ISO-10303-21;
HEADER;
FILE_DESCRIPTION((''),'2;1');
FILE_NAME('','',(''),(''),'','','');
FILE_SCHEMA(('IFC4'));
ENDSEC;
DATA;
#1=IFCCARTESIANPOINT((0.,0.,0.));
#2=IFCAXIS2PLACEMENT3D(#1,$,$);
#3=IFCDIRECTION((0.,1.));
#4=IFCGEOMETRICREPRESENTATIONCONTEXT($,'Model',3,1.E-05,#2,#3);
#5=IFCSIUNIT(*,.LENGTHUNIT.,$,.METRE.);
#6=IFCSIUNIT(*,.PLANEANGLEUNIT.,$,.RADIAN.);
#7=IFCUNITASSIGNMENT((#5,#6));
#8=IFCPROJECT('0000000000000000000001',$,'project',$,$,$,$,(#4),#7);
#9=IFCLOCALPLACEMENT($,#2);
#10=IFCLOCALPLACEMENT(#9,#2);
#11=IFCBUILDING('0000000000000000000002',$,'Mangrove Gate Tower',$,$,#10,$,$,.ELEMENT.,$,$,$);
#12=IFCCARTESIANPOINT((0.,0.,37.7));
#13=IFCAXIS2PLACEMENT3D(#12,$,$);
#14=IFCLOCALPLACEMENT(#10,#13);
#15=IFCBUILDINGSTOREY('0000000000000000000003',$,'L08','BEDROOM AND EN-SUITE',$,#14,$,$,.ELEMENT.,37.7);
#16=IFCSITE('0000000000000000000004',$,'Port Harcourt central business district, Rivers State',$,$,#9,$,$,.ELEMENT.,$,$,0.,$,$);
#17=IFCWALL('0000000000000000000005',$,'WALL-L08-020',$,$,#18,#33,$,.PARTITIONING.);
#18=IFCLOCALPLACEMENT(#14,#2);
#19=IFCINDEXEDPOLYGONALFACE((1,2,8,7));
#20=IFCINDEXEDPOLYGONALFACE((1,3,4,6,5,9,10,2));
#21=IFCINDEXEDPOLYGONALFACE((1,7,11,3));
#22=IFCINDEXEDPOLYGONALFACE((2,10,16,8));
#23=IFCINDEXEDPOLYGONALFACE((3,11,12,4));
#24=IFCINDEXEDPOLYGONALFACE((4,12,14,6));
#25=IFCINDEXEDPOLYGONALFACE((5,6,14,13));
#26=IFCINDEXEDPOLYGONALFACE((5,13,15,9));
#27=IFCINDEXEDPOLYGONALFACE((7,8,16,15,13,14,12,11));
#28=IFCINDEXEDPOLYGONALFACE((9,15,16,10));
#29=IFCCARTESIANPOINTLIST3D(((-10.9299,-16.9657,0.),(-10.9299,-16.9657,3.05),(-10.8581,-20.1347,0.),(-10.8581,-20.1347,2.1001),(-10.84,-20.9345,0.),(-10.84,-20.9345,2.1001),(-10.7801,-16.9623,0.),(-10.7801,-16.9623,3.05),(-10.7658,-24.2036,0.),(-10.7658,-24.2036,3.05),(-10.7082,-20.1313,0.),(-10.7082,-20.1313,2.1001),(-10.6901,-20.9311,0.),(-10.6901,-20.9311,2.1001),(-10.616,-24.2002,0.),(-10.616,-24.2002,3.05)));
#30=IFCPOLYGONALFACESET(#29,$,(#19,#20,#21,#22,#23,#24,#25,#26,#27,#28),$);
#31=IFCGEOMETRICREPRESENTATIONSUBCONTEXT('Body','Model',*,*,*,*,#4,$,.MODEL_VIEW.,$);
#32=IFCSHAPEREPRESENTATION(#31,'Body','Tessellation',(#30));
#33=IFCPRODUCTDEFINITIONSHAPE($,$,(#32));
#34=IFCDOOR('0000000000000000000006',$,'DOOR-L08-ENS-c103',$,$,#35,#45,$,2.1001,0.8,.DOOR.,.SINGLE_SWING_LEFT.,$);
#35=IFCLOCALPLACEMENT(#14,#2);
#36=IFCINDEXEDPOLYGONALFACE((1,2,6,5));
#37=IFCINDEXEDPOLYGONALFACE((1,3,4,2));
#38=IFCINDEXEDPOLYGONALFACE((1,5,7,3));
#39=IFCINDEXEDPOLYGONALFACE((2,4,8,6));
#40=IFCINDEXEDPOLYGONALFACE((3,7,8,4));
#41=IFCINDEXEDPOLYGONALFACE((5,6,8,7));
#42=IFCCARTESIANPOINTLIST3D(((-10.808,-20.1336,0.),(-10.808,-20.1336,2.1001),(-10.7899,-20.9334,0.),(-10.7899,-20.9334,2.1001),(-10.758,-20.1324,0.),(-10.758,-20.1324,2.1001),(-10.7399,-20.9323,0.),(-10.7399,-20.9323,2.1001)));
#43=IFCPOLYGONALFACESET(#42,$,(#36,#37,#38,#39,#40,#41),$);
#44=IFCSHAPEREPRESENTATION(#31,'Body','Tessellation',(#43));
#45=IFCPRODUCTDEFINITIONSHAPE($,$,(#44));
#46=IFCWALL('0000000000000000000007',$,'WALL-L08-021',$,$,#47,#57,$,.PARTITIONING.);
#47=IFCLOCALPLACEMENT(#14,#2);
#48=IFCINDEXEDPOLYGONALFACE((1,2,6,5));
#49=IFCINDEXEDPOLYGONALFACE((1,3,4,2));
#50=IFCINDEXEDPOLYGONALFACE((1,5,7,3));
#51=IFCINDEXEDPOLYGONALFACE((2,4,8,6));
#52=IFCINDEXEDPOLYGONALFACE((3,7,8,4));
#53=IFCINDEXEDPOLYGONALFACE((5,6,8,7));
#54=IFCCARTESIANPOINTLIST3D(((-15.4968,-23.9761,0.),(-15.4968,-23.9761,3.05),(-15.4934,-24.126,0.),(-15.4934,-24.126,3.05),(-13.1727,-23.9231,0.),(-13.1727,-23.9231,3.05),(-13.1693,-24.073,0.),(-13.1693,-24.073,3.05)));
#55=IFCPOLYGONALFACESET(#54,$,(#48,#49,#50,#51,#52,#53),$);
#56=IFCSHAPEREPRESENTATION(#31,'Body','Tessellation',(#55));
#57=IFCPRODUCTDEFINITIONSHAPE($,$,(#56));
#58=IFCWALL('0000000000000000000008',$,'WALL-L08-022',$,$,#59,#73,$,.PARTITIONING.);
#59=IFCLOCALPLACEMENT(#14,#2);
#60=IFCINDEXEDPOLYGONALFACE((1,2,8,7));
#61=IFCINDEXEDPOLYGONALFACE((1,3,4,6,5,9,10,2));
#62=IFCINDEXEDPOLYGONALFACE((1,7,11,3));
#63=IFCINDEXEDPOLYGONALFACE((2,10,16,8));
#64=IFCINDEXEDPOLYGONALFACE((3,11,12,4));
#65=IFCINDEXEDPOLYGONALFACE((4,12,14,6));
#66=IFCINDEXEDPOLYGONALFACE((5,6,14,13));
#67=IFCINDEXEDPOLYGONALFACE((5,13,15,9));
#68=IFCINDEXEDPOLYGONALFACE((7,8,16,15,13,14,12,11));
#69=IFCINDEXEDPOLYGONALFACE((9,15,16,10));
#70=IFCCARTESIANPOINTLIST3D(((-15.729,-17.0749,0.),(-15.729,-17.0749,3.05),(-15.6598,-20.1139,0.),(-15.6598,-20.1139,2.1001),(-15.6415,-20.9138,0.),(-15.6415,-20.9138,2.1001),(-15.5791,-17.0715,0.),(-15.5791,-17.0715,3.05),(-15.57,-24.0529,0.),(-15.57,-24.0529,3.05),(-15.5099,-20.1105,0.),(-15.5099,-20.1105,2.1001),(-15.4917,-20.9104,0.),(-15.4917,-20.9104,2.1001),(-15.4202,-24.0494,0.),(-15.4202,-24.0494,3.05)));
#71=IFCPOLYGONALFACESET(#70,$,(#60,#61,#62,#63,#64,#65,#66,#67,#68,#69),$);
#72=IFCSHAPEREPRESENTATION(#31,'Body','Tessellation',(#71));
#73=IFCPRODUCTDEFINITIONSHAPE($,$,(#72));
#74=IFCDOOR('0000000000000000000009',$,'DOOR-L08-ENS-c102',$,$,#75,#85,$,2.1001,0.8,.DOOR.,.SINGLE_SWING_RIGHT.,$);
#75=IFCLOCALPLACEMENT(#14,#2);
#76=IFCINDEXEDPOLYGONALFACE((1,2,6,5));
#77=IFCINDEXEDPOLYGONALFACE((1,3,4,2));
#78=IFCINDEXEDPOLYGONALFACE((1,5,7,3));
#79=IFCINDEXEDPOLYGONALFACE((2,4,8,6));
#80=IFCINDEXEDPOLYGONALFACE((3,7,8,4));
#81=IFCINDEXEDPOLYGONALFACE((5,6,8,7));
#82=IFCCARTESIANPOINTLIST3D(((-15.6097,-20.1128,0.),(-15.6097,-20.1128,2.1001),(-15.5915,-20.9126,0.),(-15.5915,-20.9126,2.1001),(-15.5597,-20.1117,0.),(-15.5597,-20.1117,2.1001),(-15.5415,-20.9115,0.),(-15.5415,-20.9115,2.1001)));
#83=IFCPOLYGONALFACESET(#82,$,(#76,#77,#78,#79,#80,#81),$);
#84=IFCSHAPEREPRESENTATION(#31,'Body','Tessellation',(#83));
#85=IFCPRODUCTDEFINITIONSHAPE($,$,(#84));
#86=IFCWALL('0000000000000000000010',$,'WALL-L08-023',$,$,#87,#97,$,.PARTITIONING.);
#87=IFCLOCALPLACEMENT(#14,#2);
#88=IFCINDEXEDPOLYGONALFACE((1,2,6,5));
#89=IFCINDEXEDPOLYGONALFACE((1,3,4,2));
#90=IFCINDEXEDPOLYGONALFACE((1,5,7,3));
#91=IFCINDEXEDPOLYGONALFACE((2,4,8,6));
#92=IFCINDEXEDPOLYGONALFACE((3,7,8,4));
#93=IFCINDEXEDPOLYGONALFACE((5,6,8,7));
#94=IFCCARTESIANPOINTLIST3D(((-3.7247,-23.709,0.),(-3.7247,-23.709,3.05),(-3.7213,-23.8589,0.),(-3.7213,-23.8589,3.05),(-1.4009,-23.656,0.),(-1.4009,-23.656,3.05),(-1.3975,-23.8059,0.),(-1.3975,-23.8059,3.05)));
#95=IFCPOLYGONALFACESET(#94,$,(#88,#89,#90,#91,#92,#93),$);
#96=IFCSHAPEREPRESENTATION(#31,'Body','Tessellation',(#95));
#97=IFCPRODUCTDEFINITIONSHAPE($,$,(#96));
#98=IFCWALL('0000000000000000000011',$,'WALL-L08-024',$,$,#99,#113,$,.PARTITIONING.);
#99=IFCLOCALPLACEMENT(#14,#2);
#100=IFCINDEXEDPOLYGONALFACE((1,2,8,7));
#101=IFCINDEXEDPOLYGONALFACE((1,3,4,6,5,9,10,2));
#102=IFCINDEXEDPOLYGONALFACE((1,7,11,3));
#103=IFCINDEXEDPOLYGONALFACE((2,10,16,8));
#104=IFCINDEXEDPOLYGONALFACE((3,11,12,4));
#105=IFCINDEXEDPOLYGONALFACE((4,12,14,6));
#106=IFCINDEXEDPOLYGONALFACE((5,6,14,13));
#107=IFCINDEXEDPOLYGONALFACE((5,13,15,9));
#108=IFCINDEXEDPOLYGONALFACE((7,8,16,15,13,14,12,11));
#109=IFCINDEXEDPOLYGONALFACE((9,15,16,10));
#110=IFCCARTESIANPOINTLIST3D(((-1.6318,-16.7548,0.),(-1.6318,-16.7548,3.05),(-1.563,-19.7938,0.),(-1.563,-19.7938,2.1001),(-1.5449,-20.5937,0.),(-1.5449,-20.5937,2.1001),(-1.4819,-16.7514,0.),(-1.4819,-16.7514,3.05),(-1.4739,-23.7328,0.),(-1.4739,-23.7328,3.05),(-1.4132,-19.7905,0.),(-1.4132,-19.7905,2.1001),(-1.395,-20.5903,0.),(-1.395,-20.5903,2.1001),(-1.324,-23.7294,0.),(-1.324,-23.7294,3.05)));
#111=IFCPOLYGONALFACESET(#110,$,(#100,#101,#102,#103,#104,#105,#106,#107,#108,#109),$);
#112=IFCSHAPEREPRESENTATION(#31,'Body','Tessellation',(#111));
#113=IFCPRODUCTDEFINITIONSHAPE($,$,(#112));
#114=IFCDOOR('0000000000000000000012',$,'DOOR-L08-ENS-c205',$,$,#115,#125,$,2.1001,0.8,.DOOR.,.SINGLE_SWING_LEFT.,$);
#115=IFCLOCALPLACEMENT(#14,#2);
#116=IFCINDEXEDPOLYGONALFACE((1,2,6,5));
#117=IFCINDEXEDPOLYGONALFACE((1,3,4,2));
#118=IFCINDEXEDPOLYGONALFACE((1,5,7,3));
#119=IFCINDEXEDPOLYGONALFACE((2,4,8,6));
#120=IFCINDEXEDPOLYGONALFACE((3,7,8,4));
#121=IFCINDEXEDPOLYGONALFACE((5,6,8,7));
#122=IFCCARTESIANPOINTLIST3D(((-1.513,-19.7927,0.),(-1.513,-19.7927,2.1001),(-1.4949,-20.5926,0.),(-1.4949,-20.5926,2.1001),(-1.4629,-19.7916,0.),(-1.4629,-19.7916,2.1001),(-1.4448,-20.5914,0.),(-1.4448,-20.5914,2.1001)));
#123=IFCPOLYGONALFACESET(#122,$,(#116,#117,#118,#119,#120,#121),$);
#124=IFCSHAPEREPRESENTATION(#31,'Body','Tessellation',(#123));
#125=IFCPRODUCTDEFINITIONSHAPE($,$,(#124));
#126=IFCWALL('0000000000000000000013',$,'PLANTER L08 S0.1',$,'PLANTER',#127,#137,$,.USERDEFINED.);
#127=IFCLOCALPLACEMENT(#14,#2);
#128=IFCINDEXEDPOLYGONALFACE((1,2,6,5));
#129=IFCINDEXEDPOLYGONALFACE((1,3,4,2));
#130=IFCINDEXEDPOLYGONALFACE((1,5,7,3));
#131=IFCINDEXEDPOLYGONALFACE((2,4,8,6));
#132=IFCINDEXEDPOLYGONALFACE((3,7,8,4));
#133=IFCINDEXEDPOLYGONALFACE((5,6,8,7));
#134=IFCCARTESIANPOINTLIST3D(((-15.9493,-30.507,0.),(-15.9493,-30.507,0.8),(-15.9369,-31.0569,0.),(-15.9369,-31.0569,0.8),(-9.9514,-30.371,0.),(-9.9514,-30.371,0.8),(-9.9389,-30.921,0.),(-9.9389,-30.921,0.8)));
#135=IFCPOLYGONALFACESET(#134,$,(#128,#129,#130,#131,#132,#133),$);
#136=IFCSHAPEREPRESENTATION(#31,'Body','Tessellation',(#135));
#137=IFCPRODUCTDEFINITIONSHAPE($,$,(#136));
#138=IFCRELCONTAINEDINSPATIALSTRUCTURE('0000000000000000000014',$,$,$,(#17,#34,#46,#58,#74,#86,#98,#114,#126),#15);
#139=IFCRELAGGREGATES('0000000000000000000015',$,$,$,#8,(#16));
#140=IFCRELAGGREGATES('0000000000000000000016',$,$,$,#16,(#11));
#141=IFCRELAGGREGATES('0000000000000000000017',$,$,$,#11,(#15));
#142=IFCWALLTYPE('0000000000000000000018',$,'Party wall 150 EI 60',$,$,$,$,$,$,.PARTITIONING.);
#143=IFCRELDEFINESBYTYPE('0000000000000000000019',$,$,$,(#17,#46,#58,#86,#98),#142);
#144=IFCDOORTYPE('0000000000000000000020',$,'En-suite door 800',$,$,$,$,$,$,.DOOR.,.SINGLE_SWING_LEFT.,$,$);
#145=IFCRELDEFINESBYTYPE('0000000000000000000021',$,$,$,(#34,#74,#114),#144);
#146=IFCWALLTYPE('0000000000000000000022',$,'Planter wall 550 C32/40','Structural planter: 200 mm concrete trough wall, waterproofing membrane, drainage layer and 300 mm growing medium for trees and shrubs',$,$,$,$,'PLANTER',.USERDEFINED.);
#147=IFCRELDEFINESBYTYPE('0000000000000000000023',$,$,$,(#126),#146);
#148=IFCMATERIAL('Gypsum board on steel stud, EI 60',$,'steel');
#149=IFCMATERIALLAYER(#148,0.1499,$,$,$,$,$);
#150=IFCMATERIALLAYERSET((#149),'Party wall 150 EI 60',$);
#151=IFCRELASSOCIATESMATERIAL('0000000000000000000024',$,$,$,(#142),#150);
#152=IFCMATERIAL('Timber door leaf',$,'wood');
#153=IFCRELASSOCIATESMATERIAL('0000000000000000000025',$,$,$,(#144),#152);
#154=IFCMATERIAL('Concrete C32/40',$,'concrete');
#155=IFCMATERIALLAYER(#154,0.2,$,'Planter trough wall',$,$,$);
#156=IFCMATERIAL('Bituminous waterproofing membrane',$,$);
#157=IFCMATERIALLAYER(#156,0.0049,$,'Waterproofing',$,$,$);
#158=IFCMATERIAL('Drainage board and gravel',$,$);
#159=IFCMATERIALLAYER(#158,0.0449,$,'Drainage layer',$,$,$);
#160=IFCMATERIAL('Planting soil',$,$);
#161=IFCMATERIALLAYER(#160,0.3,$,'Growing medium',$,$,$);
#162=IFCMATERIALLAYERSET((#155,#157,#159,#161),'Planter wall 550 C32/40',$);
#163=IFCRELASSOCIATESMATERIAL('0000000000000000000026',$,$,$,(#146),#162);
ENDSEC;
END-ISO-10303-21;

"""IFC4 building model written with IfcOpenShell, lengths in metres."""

from ifc_helpers import new_model, si_unit, direction, frame, frame_2d, origin, place, context, subcontext, project, spatial, rectangle, extrude, material, layer, layer_set, type_object, element, fill, save


model = new_model("IFC4")

# Units and contexts
model_context = context("Model", 3, precision=1e-05, world=origin(), true_north=direction((0.0, 1.0)))
body_context = subcontext(model_context, "Body", "Model", "MODEL_VIEW")
ifc_project = project(units=[si_unit("LENGTHUNIT", "METRE"), si_unit("PLANEANGLEUNIT", "RADIAN")], contexts=[model_context])

# Site, building, storey
site_placement = place(None, origin())
site = spatial("IfcSite", under=ifc_project, at=site_placement, Name="Port Harcourt central business district, Rivers State", CompositionType="ELEMENT", RefElevation=0.0)
building_placement = place(site_placement, origin())
building = spatial("IfcBuilding", under=site, at=building_placement, Name="Mangrove Gate Tower", CompositionType="ELEMENT")
storey_placement = place(building_placement, frame((0.0, 0.0, 37.7)))
storey = spatial("IfcBuildingStorey", under=building, at=storey_placement, Name="L08", Description="BEDROOM AND EN-SUITE", CompositionType="ELEMENT", Elevation=37.7)

# Shared definitions
ifc_material_1 = material(Name="Gypsum board on steel stud, EI 60", Category="steel")
ifc_layer_1 = layer(ifc_material_1, 0.1499)
ifc_layer_set_1 = layer_set([ifc_layer_1], Name="Party wall 150 EI 60")
wall_type_1 = type_object("IfcWallType", Name="Party wall 150 EI 60", PredefinedType="PARTITIONING", material=ifc_layer_set_1)

# Shared definitions
ifc_material_2 = material(Name="Timber door leaf", Category="wood")
door_type = type_object("IfcDoorType", Name="En-suite door 800", OperationType="SINGLE_SWING_LEFT", PredefinedType="DOOR", material=ifc_material_2)

# Wall, opening, door
wall_1_placement = place(storey_placement, frame((-10.6909, -24.2019, 0.0), z_axis=(0.0, 0.0, 1.0), x_axis=(-0.022662, 0.999743, 0.0)))
wall_1 = element("IfcWall", 1, at=wall_1_placement, inside=storey, type_object=wall_type_1, Name="WALL-L08-020", PredefinedType="PARTITIONING", context=body_context, shape_type="SweptSolid", body=[
    extrude(rectangle(XDim=7.2397, YDim=0.1499, at=frame_2d((3.6199, 0.0))), origin(), (0.0, 0.0, 1.0), 3.05),
])
opening_1_placement = place(wall_1_placement, frame((3.27, 0.0, 0.0)))
opening_1 = element("IfcOpeningElement", 2, at=opening_1_placement, cuts=wall_1, PredefinedType="OPENING", context=body_context, shape_type="SweptSolid", body=[
    extrude(rectangle(XDim=0.8, YDim=2.1001, at=frame_2d((0.3999, 1.05))), frame((0.0, 0.085, 0.0), z_axis=(0.0, -1.0, 0.0), x_axis=(1.0, 0.0, 0.0)), (0.0, 0.0, 1.0), 0.1699),
])
door_1_placement = place(opening_1_placement, origin())
door_1 = element("IfcDoor", 3, at=door_1_placement, inside=storey, type_object=door_type, Name="DOOR-L08-ENS-c103", OperationType="SINGLE_SWING_LEFT", OverallHeight=2.1001, OverallWidth=0.8, PredefinedType="DOOR", context=body_context, shape_type="SweptSolid", body=[
    extrude(rectangle(XDim=0.8, YDim=2.1001, at=frame_2d((0.3999, 1.05))), frame((0.0, 0.0249, 0.0), z_axis=(0.0, -1.0, 0.0), x_axis=(1.0, 0.0, 0.0)), (0.0, 0.0, 1.0), 0.05),
])
fill(opening_1, door_1)

# Wall
wall_2_placement = place(storey_placement, frame((-15.4951, -24.051, 0.0), z_axis=(0.0, 0.0, 1.0), x_axis=(0.99974, 0.022788, 0.0)))
element("IfcWall", 4, at=wall_2_placement, inside=storey, type_object=wall_type_1, Name="WALL-L08-021", PredefinedType="PARTITIONING", context=body_context, shape_type="SweptSolid", body=[
    extrude(rectangle(XDim=2.3247, YDim=0.1499, at=frame_2d((1.1624, 0.0))), origin(), (0.0, 0.0, 1.0), 3.05),
])

# Wall, opening, door
wall_3_placement = place(storey_placement, frame((-15.4951, -24.051, 0.0), z_axis=(0.0, 0.0, 1.0), x_axis=(-0.022771, 0.999741, 0.0)))
wall_3 = element("IfcWall", 5, at=wall_3_placement, inside=storey, type_object=wall_type_1, Name="WALL-L08-022", PredefinedType="PARTITIONING", context=body_context, shape_type="SweptSolid", body=[
    extrude(rectangle(XDim=6.9797, YDim=0.1499, at=frame_2d((3.4897, 0.0))), origin(), (0.0, 0.0, 1.0), 3.05),
])
opening_2_placement = place(wall_3_placement, frame((3.1399, 0.0, 0.0)))
opening_2 = element("IfcOpeningElement", 6, at=opening_2_placement, cuts=wall_3, PredefinedType="OPENING", context=body_context, shape_type="SweptSolid", body=[
    extrude(rectangle(XDim=0.8, YDim=2.1001, at=frame_2d((0.3999, 1.05))), frame((0.0, 0.085, 0.0), z_axis=(0.0, -1.0, 0.0), x_axis=(1.0, 0.0, 0.0)), (0.0, 0.0, 1.0), 0.1699),
])
door_2_placement = place(opening_2_placement, origin())
door_2 = element("IfcDoor", 7, at=door_2_placement, inside=storey, type_object=door_type, Name="DOOR-L08-ENS-c102", OperationType="SINGLE_SWING_RIGHT", OverallHeight=2.1001, OverallWidth=0.8, PredefinedType="DOOR", context=body_context, shape_type="SweptSolid", body=[
    extrude(rectangle(XDim=0.8, YDim=2.1001, at=frame_2d((0.3999, 1.05))), frame((0.0, 0.0249, 0.0), z_axis=(0.0, -1.0, 0.0), x_axis=(1.0, 0.0, 0.0)), (0.0, 0.0, 1.0), 0.05),
])
fill(opening_2, door_2)

# Wall
wall_4_placement = place(storey_placement, frame((-3.7229, -23.7839, 0.0), z_axis=(0.0, 0.0, 1.0), x_axis=(0.99974, 0.022791, 0.0)))
element("IfcWall", 8, at=wall_4_placement, inside=storey, type_object=wall_type_1, Name="WALL-L08-023", PredefinedType="PARTITIONING", context=body_context, shape_type="SweptSolid", body=[
    extrude(rectangle(XDim=2.3245, YDim=0.1499, at=frame_2d((1.1621, 0.0))), origin(), (0.0, 0.0, 1.0), 3.05),
])

# Wall, opening, door
wall_5_placement = place(storey_placement, frame((-1.3989, -23.731, 0.0), z_axis=(0.0, 0.0, 1.0), x_axis=(-0.022631, 0.999744, 0.0)))
wall_5 = element("IfcWall", 9, at=wall_5_placement, inside=storey, type_object=wall_type_1, Name="WALL-L08-024", PredefinedType="PARTITIONING", context=body_context, shape_type="SweptSolid", body=[
    extrude(rectangle(XDim=6.9797, YDim=0.1499, at=frame_2d((3.4897, 0.0))), origin(), (0.0, 0.0, 1.0), 3.05),
])
opening_3_placement = place(wall_5_placement, frame((3.1399, 0.0, 0.0)))
opening_3 = element("IfcOpeningElement", 10, at=opening_3_placement, cuts=wall_5, PredefinedType="OPENING", context=body_context, shape_type="SweptSolid", body=[
    extrude(rectangle(XDim=0.8, YDim=2.1001, at=frame_2d((0.3999, 1.05))), frame((0.0, 0.085, 0.0), z_axis=(0.0, -1.0, 0.0), x_axis=(1.0, 0.0, 0.0)), (0.0, 0.0, 1.0), 0.1699),
])
door_3_placement = place(opening_3_placement, origin())
door_3 = element("IfcDoor", 11, at=door_3_placement, inside=storey, type_object=door_type, Name="DOOR-L08-ENS-c205", OperationType="SINGLE_SWING_LEFT", OverallHeight=2.1001, OverallWidth=0.8, PredefinedType="DOOR", context=body_context, shape_type="SweptSolid", body=[
    extrude(rectangle(XDim=0.8, YDim=2.1001, at=frame_2d((0.3999, 1.05))), frame((0.0, 0.0249, 0.0), z_axis=(0.0, -1.0, 0.0), x_axis=(1.0, 0.0, 0.0)), (0.0, 0.0, 1.0), 0.05),
])
fill(opening_3, door_3)

# Wall
ifc_material_3 = material(Name="Concrete C32/40", Category="concrete")
ifc_layer_2 = layer(ifc_material_3, 0.2, Name="Planter trough wall")
ifc_material_4 = material(Name="Bituminous waterproofing membrane")
ifc_layer_3 = layer(ifc_material_4, 0.0049, Name="Waterproofing")
ifc_material_5 = material(Name="Drainage board and gravel")
ifc_layer_4 = layer(ifc_material_5, 0.0449, Name="Drainage layer")
ifc_material_6 = material(Name="Planting soil")
ifc_layer_5 = layer(ifc_material_6, 0.3, Name="Growing medium")
ifc_layer_set_2 = layer_set([ifc_layer_2, ifc_layer_3, ifc_layer_4, ifc_layer_5], Name="Planter wall 550 C32/40")
wall_type_2 = type_object("IfcWallType", Name="Planter wall 550 C32/40", Description="Structural planter: 200 mm concrete trough wall, waterproofing membrane, drainage layer and 300 mm growing medium for trees and shrubs", ElementType="PLANTER", PredefinedType="USERDEFINED", material=ifc_layer_set_2)
wall_6_placement = place(storey_placement, frame((-15.9431, -30.782, 0.0), z_axis=(0.0, 0.0, 1.0), x_axis=(0.999743, 0.022666, 0.0)))
element("IfcWall", 12, at=wall_6_placement, inside=storey, type_object=wall_type_2, Name="PLANTER L08 S0.1", ObjectType="PLANTER", PredefinedType="USERDEFINED", context=body_context, shape_type="SweptSolid", body=[
    extrude(rectangle(XDim=5.9995, YDim=0.55, at=frame_2d((2.9998, 0.0))), origin(), (0.0, 0.0, 1.0), 0.8),
])

save(model, "model.ifc")
